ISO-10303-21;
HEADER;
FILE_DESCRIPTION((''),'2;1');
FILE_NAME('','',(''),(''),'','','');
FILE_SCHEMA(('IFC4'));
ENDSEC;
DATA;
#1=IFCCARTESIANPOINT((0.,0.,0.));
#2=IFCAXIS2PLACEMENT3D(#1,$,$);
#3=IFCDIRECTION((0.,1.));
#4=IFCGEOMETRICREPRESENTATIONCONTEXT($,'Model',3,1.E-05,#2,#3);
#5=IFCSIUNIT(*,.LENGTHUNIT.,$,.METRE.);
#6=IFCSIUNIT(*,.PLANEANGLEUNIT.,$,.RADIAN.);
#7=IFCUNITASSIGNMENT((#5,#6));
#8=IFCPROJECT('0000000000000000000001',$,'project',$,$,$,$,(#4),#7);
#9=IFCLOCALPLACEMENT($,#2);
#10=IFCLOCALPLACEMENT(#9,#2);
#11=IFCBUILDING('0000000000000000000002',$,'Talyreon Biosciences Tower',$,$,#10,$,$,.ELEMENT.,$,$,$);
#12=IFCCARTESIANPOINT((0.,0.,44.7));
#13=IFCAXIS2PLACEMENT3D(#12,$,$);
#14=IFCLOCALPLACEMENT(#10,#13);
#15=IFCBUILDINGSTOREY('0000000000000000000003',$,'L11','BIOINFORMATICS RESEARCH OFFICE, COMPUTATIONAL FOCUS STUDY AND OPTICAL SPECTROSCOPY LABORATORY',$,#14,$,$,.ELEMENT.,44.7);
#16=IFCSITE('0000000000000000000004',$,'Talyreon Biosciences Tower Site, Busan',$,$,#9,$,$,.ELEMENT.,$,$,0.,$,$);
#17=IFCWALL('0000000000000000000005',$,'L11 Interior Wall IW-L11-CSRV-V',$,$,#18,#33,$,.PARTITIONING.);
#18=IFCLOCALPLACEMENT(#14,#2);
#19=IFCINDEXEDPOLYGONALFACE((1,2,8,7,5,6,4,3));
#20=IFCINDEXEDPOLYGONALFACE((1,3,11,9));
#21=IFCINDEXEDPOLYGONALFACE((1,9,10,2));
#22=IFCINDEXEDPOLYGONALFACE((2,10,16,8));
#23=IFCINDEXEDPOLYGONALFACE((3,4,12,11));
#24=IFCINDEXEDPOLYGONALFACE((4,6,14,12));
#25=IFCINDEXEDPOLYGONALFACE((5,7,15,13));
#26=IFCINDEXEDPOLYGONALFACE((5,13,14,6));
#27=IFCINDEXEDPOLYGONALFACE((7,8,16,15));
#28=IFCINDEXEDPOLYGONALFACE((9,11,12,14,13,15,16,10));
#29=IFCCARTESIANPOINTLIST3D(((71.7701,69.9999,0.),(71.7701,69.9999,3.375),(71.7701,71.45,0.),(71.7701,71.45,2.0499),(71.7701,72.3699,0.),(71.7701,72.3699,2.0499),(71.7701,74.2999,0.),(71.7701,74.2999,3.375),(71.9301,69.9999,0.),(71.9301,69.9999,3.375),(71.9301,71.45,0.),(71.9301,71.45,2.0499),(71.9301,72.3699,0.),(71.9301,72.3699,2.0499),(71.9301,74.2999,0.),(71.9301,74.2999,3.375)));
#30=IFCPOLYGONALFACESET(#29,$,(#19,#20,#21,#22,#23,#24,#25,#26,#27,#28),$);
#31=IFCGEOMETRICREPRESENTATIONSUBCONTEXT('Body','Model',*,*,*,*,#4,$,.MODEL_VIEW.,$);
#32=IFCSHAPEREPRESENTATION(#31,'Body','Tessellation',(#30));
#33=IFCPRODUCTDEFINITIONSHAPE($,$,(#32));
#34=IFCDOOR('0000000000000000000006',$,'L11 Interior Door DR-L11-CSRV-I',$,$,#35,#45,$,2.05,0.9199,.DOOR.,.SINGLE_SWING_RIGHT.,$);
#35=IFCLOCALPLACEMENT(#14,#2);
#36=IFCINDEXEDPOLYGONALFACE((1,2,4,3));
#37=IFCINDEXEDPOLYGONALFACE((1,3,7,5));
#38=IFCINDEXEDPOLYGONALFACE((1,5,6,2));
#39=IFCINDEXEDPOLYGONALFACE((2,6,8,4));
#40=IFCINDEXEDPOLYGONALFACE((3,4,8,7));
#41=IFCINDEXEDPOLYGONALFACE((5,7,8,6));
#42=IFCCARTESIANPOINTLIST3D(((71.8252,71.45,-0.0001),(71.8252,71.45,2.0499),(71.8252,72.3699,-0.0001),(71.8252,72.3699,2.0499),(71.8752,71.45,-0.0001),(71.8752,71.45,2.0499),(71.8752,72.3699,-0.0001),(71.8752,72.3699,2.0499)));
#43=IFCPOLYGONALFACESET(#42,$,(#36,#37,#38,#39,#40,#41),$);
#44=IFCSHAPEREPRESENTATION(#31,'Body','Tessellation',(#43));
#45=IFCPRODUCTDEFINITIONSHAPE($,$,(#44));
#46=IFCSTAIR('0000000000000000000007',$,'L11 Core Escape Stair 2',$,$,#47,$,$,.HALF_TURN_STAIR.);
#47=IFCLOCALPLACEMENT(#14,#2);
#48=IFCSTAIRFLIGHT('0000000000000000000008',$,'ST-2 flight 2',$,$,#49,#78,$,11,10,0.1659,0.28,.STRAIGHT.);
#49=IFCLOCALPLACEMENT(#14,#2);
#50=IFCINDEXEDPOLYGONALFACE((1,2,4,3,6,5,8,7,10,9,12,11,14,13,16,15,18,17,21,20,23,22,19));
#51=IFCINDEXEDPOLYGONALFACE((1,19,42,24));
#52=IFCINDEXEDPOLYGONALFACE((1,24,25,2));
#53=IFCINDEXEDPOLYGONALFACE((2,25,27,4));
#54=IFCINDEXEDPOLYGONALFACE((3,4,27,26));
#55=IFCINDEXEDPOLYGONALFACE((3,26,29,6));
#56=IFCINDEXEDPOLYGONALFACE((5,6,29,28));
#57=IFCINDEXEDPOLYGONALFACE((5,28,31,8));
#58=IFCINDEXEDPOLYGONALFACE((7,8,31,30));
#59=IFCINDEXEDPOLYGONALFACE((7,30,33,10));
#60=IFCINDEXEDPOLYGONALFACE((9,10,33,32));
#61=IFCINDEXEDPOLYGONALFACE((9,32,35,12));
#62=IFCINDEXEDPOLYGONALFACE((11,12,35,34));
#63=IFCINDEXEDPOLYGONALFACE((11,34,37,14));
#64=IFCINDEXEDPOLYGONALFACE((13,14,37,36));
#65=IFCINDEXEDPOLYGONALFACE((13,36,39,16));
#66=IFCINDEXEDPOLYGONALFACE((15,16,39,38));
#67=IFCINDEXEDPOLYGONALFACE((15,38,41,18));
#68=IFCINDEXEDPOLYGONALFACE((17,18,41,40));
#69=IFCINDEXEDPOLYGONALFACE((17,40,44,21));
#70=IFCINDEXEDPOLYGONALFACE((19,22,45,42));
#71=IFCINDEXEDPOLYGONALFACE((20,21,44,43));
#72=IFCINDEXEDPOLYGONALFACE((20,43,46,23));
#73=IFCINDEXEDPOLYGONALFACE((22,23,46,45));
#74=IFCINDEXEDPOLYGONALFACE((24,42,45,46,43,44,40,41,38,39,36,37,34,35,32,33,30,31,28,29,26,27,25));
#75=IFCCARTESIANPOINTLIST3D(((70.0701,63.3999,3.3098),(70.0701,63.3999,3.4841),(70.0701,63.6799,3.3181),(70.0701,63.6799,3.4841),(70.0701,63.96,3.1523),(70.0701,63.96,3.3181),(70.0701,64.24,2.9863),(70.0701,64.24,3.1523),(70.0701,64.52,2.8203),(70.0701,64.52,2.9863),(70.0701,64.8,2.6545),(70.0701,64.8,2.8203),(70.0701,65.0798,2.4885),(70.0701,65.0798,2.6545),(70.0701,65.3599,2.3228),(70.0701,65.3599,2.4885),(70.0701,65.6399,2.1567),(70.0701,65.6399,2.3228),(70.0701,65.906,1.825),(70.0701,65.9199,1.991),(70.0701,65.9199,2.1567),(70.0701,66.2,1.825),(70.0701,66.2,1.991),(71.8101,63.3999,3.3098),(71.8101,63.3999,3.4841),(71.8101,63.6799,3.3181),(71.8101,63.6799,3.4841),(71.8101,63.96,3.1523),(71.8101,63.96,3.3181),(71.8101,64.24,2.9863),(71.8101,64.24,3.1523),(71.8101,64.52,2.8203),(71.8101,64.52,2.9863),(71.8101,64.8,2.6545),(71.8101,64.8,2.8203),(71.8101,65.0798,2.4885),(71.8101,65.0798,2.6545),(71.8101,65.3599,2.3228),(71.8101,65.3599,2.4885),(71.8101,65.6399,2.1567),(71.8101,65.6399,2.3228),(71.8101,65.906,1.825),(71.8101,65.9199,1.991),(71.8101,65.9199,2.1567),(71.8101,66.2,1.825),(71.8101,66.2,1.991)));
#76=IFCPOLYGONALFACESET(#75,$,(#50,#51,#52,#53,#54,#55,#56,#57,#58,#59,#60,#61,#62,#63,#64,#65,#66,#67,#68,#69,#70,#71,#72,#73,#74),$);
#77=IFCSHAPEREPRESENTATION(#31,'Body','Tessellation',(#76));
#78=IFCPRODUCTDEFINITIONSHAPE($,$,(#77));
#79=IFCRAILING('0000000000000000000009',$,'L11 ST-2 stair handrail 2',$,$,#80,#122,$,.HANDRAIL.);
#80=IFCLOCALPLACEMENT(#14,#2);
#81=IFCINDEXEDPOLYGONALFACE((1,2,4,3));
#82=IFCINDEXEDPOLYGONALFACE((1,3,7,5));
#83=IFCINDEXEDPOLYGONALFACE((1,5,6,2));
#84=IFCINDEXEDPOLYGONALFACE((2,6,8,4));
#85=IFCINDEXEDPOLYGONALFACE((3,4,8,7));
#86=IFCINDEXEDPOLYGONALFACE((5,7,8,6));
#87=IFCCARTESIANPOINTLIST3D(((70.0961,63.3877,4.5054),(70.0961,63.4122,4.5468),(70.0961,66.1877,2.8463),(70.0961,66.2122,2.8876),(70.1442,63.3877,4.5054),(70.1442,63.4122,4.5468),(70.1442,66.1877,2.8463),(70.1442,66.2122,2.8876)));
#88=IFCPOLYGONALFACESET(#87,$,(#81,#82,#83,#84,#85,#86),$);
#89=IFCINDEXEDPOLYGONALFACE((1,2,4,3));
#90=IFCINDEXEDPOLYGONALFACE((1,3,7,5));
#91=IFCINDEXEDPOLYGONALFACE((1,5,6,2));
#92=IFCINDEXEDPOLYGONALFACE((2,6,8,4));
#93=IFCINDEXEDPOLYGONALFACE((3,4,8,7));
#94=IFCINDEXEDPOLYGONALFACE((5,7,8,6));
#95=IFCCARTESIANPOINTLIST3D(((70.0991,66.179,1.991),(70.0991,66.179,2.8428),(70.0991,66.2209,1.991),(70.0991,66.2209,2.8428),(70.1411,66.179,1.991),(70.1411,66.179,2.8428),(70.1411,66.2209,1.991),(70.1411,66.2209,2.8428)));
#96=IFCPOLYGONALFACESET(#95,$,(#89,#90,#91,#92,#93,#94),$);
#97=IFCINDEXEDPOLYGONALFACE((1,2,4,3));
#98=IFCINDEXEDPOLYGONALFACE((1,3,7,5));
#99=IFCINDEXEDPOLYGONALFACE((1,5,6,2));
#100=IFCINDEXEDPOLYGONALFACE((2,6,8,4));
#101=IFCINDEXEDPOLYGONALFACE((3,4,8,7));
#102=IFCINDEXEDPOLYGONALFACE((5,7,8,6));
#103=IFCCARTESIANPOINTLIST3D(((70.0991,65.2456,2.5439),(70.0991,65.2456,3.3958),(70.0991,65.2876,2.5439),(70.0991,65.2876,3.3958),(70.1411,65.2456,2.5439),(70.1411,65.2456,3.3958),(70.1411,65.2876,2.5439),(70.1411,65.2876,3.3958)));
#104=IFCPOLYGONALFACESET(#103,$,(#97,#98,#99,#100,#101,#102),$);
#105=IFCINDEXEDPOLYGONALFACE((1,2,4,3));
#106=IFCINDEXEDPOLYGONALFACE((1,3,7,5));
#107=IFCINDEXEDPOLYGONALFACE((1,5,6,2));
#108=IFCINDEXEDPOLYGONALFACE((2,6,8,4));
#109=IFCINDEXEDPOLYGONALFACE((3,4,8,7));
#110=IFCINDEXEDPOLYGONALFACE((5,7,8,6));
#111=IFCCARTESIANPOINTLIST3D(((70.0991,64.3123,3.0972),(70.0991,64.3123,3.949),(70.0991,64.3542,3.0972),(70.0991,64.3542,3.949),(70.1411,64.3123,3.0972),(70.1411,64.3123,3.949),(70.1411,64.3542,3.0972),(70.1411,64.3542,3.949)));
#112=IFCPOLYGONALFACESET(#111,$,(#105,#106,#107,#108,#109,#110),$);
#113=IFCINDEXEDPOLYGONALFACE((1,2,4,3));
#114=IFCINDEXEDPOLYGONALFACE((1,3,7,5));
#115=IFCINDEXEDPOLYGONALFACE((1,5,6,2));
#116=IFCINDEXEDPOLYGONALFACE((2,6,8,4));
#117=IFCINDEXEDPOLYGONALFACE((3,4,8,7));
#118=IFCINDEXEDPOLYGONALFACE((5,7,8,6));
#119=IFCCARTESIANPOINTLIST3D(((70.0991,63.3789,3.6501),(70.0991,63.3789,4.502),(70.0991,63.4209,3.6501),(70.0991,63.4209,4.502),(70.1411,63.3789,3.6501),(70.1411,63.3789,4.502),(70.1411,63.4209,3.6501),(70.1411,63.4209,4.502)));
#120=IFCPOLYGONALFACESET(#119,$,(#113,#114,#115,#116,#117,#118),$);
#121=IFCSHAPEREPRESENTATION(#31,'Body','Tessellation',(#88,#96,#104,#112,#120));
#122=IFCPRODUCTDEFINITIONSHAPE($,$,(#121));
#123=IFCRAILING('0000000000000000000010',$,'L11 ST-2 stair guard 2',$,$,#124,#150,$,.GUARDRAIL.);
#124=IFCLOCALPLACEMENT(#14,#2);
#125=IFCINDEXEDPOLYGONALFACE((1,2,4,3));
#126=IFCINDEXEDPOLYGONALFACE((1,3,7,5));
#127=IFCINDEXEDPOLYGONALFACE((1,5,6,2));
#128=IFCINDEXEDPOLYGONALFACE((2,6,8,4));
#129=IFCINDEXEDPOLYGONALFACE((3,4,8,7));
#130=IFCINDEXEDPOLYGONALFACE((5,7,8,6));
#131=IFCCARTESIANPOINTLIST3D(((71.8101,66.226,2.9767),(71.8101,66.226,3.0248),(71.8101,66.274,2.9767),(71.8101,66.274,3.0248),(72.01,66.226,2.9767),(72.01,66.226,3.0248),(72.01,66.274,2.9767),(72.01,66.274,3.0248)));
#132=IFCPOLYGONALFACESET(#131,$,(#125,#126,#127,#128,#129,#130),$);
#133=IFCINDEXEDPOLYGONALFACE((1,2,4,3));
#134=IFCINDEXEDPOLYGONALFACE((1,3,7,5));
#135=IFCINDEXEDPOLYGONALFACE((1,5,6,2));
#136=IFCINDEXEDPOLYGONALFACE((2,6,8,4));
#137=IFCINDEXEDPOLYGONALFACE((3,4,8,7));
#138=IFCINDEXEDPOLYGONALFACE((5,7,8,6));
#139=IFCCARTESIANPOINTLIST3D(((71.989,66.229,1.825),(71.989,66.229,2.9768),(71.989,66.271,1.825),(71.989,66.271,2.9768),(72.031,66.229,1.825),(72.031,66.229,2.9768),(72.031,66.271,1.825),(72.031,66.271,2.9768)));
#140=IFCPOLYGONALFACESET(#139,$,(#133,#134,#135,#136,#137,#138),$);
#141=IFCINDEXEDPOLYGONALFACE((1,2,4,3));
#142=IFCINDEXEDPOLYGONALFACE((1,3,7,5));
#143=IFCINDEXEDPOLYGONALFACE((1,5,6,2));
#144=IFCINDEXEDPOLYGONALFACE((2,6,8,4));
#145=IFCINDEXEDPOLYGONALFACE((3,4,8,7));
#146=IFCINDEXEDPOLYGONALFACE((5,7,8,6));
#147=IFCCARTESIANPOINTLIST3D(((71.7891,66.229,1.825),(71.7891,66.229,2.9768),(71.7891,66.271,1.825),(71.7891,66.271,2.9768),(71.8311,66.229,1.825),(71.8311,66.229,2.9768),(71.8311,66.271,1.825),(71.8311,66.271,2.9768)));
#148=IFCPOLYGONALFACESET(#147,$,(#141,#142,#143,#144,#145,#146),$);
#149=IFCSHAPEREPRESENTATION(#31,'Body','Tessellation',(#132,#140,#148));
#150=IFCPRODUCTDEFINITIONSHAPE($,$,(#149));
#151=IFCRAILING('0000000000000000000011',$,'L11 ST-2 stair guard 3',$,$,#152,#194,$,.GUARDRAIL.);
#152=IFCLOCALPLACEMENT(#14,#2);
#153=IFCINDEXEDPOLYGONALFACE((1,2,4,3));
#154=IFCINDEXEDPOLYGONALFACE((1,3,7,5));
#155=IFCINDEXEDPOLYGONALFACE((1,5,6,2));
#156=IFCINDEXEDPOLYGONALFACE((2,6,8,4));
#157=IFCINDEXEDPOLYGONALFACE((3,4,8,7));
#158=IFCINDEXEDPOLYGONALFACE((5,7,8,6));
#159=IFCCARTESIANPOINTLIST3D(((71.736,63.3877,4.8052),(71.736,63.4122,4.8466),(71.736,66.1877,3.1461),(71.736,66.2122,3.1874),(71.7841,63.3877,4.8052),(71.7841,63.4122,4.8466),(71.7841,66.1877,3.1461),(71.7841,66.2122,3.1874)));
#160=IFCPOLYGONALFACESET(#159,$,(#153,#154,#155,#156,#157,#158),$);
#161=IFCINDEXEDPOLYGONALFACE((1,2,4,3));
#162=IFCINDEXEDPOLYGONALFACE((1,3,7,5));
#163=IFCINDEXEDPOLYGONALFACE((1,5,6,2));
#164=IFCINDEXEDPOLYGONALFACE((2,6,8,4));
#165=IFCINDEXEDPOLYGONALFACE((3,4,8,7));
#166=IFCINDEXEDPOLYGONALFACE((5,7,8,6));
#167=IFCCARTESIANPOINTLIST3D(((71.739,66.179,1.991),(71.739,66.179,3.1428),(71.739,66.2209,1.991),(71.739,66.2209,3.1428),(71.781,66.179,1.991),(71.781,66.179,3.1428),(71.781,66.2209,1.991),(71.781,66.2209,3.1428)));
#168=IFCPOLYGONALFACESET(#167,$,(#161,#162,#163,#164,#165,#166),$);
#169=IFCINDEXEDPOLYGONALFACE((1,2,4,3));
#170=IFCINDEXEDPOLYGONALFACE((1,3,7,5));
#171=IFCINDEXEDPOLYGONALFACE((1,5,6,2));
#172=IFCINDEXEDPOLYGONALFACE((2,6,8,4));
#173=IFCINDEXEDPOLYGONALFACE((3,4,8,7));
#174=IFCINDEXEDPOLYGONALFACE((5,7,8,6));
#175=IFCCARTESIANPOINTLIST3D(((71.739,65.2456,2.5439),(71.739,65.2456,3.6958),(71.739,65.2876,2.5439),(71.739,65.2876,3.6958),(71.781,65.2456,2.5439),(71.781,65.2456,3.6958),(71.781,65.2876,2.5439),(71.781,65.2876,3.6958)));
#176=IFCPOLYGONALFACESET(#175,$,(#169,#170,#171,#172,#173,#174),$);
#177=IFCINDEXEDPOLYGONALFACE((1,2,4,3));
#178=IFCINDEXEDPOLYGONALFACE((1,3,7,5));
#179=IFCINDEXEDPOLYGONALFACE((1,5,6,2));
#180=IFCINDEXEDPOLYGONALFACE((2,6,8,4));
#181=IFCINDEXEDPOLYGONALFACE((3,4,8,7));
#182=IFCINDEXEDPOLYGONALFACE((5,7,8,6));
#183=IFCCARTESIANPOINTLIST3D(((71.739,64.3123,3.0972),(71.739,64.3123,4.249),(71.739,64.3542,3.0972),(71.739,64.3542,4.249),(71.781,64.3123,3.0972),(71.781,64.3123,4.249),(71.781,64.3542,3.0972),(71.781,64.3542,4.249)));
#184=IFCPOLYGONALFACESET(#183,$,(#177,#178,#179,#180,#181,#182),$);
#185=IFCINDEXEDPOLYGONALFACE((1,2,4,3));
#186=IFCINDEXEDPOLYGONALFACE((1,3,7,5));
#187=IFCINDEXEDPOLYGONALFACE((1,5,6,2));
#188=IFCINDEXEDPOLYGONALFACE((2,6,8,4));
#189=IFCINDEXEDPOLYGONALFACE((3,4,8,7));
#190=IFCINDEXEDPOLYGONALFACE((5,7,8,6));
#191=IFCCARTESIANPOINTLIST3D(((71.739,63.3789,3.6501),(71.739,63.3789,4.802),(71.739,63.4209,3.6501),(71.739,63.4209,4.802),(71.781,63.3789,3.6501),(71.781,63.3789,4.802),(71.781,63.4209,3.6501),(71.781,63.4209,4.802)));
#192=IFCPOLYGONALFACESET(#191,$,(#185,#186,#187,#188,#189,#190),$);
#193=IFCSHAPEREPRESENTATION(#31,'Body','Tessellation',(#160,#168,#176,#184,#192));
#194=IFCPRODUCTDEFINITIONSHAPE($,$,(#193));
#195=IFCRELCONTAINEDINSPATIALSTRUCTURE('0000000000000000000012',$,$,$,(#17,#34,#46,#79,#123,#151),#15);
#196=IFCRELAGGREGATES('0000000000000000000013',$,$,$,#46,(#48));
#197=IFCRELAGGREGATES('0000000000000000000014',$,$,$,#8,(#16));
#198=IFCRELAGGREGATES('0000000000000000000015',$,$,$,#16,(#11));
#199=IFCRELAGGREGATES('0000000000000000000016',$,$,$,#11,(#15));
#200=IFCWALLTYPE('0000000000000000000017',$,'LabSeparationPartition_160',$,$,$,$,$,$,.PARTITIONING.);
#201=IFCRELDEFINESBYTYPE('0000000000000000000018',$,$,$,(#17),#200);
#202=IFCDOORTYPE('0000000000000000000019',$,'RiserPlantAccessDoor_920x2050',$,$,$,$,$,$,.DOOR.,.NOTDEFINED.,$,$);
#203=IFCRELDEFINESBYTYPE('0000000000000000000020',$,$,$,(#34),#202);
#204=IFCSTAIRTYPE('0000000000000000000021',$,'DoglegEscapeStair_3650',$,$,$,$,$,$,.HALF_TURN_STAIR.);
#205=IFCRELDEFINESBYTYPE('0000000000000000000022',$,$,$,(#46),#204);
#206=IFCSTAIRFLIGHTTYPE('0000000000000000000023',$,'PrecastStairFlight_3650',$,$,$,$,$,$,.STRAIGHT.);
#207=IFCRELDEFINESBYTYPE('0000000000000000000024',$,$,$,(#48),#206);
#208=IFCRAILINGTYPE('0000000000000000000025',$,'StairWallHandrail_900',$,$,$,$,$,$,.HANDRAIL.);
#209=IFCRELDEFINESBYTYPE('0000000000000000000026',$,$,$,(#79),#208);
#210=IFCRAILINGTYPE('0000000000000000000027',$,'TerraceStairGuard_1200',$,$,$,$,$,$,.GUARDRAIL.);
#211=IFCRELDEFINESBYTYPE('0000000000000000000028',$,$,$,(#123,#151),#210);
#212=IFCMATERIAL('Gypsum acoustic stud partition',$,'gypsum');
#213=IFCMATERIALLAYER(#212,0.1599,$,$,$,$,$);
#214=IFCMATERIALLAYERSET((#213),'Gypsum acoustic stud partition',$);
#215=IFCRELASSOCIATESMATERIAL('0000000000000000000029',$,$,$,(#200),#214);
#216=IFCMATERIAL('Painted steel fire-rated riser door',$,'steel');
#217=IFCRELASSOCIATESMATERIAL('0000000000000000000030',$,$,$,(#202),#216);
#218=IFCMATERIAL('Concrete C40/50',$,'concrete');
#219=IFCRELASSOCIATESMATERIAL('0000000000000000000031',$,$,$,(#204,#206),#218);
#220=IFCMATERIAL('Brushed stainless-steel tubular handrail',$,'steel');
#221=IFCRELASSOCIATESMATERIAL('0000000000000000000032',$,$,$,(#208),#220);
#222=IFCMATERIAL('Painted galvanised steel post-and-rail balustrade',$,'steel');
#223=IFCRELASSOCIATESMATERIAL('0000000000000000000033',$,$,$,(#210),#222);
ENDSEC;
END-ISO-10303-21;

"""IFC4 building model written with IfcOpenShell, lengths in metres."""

from ifc_helpers import new_model, si_unit, direction, frame, frame_2d, origin, origin_2d, place, context, subcontext, project, spatial, polyline, rectangle, outline, extrude, material, layer, layer_set, type_object, element, fill, aggregate, save


model = new_model("IFC4")

# Units and contexts
model_context = context("Model", 3, precision=1e-05, world=origin(), true_north=direction((0.0, 1.0)))
body_context = subcontext(model_context, "Body", "Model", "MODEL_VIEW")
ifc_project = project(units=[si_unit("LENGTHUNIT", "METRE"), si_unit("PLANEANGLEUNIT", "RADIAN")], contexts=[model_context])

# Site, building, storey
site_placement = place(None, origin())
site = spatial("IfcSite", under=ifc_project, at=site_placement, Name="Talyreon Biosciences Tower Site, Busan", CompositionType="ELEMENT", RefElevation=0.0)
building_placement = place(site_placement, origin())
building = spatial("IfcBuilding", under=site, at=building_placement, Name="Talyreon Biosciences Tower", CompositionType="ELEMENT")
storey_placement = place(building_placement, frame((0.0, 0.0, 44.7)))
storey = spatial("IfcBuildingStorey", under=building, at=storey_placement, Name="L11", Description="BIOINFORMATICS RESEARCH OFFICE, COMPUTATIONAL FOCUS STUDY AND OPTICAL SPECTROSCOPY LABORATORY", CompositionType="ELEMENT", Elevation=44.7)

# Wall, opening, door
ifc_material_1 = material(Name="Gypsum acoustic stud partition", Category="gypsum")
ifc_layer_1 = layer(ifc_material_1, 0.1599)
ifc_layer_set_1 = layer_set([ifc_layer_1], Name="Gypsum acoustic stud partition")
wall_type_1 = type_object("IfcWallType", Name="LabSeparationPartition_160", PredefinedType="PARTITIONING", material=ifc_layer_set_1)
wall_1_placement = place(storey_placement, frame((71.8501, 70.0, 0.0), z_axis=(0.0, 0.0, 1.0), x_axis=(0.0, 1.0, 0.0)))
wall_1 = element("IfcWall", 1, at=wall_1_placement, inside=storey, type_object=wall_type_1, Name="L11 Interior Wall IW-L11-CSRV-V", PredefinedType="PARTITIONING", context=body_context, shape_type="SweptSolid", body=[
    extrude(rectangle(XDim=4.3, YDim=0.1599, at=frame_2d((2.1499, 0.0))), origin(), (0.0, 0.0, 1.0), 3.375),
])
opening_placement = place(wall_1_placement, frame((1.45, 0.0, 0.0)))
opening = element("IfcOpeningElement", 2, at=opening_placement, cuts=wall_1, PredefinedType="OPENING", context=body_context, shape_type="SweptSolid", body=[
    extrude(rectangle(XDim=0.9199, YDim=2.05, at=frame_2d((0.46, 1.0249))), frame((0.0, 0.0898, 0.0), z_axis=(0.0, -1.0, 0.0), x_axis=(1.0, 0.0, 0.0)), (0.0, 0.0, 1.0), 0.1799),
])
ifc_material_2 = material(Name="Painted steel fire-rated riser door", Category="steel")
door_type = type_object("IfcDoorType", Name="RiserPlantAccessDoor_920x2050", OperationType="NOTDEFINED", PredefinedType="DOOR", material=ifc_material_2)
door_placement = place(opening_placement, origin())
door = element("IfcDoor", 3, at=door_placement, inside=storey, type_object=door_type, Name="L11 Interior Door DR-L11-CSRV-I", OperationType="SINGLE_SWING_RIGHT", OverallHeight=2.05, OverallWidth=0.9199, PredefinedType="DOOR", context=body_context, shape_type="SweptSolid", body=[
    extrude(rectangle(XDim=0.9199, YDim=2.05, at=frame_2d((0.46, 1.0249))), frame((0.0, 0.0249, 0.0), z_axis=(0.0, -1.0, 0.0), x_axis=(1.0, 0.0, 0.0)), (0.0, 0.0, 1.0), 0.05),
])
fill(opening, door)

# Stair, stair flight
ifc_material_3 = material(Name="Concrete C40/50", Category="concrete")
stair_type = type_object("IfcStairType", Name="DoglegEscapeStair_3650", PredefinedType="HALF_TURN_STAIR", material=ifc_material_3)
stair_placement = place(storey_placement, origin())
stair = element("IfcStair", 4, at=stair_placement, inside=storey, type_object=stair_type, Name="L11 Core Escape Stair 2", PredefinedType="HALF_TURN_STAIR")
stair_flight_type = type_object("IfcStairFlightType", Name="PrecastStairFlight_3650", PredefinedType="STRAIGHT", material=ifc_material_3)
stair_flight_placement = place(storey_placement, frame((70.9399, 66.2, 1.825), z_axis=(0.0, 0.0, 1.0), x_axis=(0.0, -1.0, 0.0)))
stair_flight = element("IfcStairFlight", 5, at=stair_flight_placement, type_object=stair_flight_type, Name="ST-2 flight 2", NumberOfRisers=11, NumberOfTreads=10, PredefinedType="STRAIGHT", RiserHeight=0.1659, TreadLength=0.28, context=body_context, shape_type="SweptSolid", body=[
    extrude(outline(polyline([(0.0, 0.0), (0.0, 0.166), (0.28, 0.166), (0.28, 0.3318), (0.5601, 0.3318), (0.5601, 0.4978), (0.8401, 0.4978), (0.8401, 0.6636), (1.1201, 0.6636), (1.1201, 0.8296), (1.3999, 0.8296), (1.3999, 0.9954), (1.6799, 0.9954), (1.6799, 1.1614), (1.96, 1.1614), (1.96, 1.3274), (2.24, 1.3274), (2.24, 1.4932), (2.52, 1.4932), (2.52, 1.6592), (2.8, 1.6592), (2.8, 1.825), (2.8, 1.4849), (0.2939, 0.0), (0.0, 0.0)])), frame((0.0, 0.8701, 0.0), z_axis=(0.0, -1.0, 0.0), x_axis=(1.0, 0.0, 0.0)), (0.0, 0.0, 1.0), 1.74),
])
aggregate(stair, [stair_flight])

# Railings
ifc_material_4 = material(Name="Brushed stainless-steel tubular handrail", Category="steel")
railing_type_1 = type_object("IfcRailingType", Name="StairWallHandrail_900", PredefinedType="HANDRAIL", material=ifc_material_4)
railing_1_placement = place(storey_placement, frame((70.1201, 66.2, 1.991)))
element("IfcRailing", 6, at=railing_1_placement, inside=storey, type_object=railing_type_1, Name="L11 ST-2 stair handrail 2", PredefinedType="HANDRAIL", context=body_context, shape_type="SweptSolid", body=[
    extrude(rectangle(XDim=0.0481, YDim=0.0481, at=origin_2d()), frame((0.0, 0.0, 0.876), z_axis=(0.0, -0.860306, 0.509778), x_axis=(1.0, 0.0, 0.0)), (0.0, 0.0, 1.0), 3.2546),
    extrude(rectangle(XDim=0.042, YDim=0.042, at=origin_2d()), origin(), (0.0, 0.0, 1.0), 0.8518),
    extrude(rectangle(XDim=0.042, YDim=0.042, at=origin_2d()), frame((0.0, -0.9333, 0.553)), (0.0, 0.0, 1.0), 0.8518),
    extrude(rectangle(XDim=0.042, YDim=0.042, at=origin_2d()), frame((0.0, -1.8667, 1.1062)), (0.0, 0.0, 1.0), 0.8518),
    extrude(rectangle(XDim=0.042, YDim=0.042, at=origin_2d()), frame((0.0, -2.8, 1.6592)), (0.0, 0.0, 1.0), 0.8518),
])
ifc_material_5 = material(Name="Painted galvanised steel post-and-rail balustrade", Category="steel")
railing_type_2 = type_object("IfcRailingType", Name="TerraceStairGuard_1200", PredefinedType="GUARDRAIL", material=ifc_material_5)
railing_2_placement = place(storey_placement, frame((72.01, 66.25, 1.825)))
element("IfcRailing", 7, at=railing_2_placement, inside=storey, type_object=railing_type_2, Name="L11 ST-2 stair guard 2", PredefinedType="GUARDRAIL", context=body_context, shape_type="SweptSolid", body=[
    extrude(rectangle(XDim=0.0481, YDim=0.0481, at=origin_2d()), frame((0.0, 0.0, 1.1758), z_axis=(-1.0, 0.0, 0.0), x_axis=(0.0, -1.0, 0.0)), (0.0, 0.0, 1.0), 0.2),
    extrude(rectangle(XDim=0.042, YDim=0.042, at=origin_2d()), origin(), (0.0, 0.0, 1.0), 1.1519),
    extrude(rectangle(XDim=0.042, YDim=0.042, at=origin_2d()), frame((-0.2, 0.0, 0.0)), (0.0, 0.0, 1.0), 1.1519),
])
railing_3_placement = place(storey_placement, frame((71.76, 66.2, 1.991)))
element("IfcRailing", 8, at=railing_3_placement, inside=storey, type_object=railing_type_2, Name="L11 ST-2 stair guard 3", PredefinedType="GUARDRAIL", context=body_context, shape_type="SweptSolid", body=[
    extrude(rectangle(XDim=0.0481, YDim=0.0481, at=origin_2d()), frame((0.0, 0.0, 1.1758), z_axis=(0.0, -0.860306, 0.509778), x_axis=(1.0, 0.0, 0.0)), (0.0, 0.0, 1.0), 3.2546),
    extrude(rectangle(XDim=0.042, YDim=0.042, at=origin_2d()), origin(), (0.0, 0.0, 1.0), 1.1519),
    extrude(rectangle(XDim=0.042, YDim=0.042, at=origin_2d()), frame((0.0, -0.9333, 0.553)), (0.0, 0.0, 1.0), 1.1519),
    extrude(rectangle(XDim=0.042, YDim=0.042, at=origin_2d()), frame((0.0, -1.8667, 1.1062)), (0.0, 0.0, 1.0), 1.1519),
    extrude(rectangle(XDim=0.042, YDim=0.042, at=origin_2d()), frame((0.0, -2.8, 1.6592)), (0.0, 0.0, 1.0), 1.1519),
])

save(model, "model.ifc")
